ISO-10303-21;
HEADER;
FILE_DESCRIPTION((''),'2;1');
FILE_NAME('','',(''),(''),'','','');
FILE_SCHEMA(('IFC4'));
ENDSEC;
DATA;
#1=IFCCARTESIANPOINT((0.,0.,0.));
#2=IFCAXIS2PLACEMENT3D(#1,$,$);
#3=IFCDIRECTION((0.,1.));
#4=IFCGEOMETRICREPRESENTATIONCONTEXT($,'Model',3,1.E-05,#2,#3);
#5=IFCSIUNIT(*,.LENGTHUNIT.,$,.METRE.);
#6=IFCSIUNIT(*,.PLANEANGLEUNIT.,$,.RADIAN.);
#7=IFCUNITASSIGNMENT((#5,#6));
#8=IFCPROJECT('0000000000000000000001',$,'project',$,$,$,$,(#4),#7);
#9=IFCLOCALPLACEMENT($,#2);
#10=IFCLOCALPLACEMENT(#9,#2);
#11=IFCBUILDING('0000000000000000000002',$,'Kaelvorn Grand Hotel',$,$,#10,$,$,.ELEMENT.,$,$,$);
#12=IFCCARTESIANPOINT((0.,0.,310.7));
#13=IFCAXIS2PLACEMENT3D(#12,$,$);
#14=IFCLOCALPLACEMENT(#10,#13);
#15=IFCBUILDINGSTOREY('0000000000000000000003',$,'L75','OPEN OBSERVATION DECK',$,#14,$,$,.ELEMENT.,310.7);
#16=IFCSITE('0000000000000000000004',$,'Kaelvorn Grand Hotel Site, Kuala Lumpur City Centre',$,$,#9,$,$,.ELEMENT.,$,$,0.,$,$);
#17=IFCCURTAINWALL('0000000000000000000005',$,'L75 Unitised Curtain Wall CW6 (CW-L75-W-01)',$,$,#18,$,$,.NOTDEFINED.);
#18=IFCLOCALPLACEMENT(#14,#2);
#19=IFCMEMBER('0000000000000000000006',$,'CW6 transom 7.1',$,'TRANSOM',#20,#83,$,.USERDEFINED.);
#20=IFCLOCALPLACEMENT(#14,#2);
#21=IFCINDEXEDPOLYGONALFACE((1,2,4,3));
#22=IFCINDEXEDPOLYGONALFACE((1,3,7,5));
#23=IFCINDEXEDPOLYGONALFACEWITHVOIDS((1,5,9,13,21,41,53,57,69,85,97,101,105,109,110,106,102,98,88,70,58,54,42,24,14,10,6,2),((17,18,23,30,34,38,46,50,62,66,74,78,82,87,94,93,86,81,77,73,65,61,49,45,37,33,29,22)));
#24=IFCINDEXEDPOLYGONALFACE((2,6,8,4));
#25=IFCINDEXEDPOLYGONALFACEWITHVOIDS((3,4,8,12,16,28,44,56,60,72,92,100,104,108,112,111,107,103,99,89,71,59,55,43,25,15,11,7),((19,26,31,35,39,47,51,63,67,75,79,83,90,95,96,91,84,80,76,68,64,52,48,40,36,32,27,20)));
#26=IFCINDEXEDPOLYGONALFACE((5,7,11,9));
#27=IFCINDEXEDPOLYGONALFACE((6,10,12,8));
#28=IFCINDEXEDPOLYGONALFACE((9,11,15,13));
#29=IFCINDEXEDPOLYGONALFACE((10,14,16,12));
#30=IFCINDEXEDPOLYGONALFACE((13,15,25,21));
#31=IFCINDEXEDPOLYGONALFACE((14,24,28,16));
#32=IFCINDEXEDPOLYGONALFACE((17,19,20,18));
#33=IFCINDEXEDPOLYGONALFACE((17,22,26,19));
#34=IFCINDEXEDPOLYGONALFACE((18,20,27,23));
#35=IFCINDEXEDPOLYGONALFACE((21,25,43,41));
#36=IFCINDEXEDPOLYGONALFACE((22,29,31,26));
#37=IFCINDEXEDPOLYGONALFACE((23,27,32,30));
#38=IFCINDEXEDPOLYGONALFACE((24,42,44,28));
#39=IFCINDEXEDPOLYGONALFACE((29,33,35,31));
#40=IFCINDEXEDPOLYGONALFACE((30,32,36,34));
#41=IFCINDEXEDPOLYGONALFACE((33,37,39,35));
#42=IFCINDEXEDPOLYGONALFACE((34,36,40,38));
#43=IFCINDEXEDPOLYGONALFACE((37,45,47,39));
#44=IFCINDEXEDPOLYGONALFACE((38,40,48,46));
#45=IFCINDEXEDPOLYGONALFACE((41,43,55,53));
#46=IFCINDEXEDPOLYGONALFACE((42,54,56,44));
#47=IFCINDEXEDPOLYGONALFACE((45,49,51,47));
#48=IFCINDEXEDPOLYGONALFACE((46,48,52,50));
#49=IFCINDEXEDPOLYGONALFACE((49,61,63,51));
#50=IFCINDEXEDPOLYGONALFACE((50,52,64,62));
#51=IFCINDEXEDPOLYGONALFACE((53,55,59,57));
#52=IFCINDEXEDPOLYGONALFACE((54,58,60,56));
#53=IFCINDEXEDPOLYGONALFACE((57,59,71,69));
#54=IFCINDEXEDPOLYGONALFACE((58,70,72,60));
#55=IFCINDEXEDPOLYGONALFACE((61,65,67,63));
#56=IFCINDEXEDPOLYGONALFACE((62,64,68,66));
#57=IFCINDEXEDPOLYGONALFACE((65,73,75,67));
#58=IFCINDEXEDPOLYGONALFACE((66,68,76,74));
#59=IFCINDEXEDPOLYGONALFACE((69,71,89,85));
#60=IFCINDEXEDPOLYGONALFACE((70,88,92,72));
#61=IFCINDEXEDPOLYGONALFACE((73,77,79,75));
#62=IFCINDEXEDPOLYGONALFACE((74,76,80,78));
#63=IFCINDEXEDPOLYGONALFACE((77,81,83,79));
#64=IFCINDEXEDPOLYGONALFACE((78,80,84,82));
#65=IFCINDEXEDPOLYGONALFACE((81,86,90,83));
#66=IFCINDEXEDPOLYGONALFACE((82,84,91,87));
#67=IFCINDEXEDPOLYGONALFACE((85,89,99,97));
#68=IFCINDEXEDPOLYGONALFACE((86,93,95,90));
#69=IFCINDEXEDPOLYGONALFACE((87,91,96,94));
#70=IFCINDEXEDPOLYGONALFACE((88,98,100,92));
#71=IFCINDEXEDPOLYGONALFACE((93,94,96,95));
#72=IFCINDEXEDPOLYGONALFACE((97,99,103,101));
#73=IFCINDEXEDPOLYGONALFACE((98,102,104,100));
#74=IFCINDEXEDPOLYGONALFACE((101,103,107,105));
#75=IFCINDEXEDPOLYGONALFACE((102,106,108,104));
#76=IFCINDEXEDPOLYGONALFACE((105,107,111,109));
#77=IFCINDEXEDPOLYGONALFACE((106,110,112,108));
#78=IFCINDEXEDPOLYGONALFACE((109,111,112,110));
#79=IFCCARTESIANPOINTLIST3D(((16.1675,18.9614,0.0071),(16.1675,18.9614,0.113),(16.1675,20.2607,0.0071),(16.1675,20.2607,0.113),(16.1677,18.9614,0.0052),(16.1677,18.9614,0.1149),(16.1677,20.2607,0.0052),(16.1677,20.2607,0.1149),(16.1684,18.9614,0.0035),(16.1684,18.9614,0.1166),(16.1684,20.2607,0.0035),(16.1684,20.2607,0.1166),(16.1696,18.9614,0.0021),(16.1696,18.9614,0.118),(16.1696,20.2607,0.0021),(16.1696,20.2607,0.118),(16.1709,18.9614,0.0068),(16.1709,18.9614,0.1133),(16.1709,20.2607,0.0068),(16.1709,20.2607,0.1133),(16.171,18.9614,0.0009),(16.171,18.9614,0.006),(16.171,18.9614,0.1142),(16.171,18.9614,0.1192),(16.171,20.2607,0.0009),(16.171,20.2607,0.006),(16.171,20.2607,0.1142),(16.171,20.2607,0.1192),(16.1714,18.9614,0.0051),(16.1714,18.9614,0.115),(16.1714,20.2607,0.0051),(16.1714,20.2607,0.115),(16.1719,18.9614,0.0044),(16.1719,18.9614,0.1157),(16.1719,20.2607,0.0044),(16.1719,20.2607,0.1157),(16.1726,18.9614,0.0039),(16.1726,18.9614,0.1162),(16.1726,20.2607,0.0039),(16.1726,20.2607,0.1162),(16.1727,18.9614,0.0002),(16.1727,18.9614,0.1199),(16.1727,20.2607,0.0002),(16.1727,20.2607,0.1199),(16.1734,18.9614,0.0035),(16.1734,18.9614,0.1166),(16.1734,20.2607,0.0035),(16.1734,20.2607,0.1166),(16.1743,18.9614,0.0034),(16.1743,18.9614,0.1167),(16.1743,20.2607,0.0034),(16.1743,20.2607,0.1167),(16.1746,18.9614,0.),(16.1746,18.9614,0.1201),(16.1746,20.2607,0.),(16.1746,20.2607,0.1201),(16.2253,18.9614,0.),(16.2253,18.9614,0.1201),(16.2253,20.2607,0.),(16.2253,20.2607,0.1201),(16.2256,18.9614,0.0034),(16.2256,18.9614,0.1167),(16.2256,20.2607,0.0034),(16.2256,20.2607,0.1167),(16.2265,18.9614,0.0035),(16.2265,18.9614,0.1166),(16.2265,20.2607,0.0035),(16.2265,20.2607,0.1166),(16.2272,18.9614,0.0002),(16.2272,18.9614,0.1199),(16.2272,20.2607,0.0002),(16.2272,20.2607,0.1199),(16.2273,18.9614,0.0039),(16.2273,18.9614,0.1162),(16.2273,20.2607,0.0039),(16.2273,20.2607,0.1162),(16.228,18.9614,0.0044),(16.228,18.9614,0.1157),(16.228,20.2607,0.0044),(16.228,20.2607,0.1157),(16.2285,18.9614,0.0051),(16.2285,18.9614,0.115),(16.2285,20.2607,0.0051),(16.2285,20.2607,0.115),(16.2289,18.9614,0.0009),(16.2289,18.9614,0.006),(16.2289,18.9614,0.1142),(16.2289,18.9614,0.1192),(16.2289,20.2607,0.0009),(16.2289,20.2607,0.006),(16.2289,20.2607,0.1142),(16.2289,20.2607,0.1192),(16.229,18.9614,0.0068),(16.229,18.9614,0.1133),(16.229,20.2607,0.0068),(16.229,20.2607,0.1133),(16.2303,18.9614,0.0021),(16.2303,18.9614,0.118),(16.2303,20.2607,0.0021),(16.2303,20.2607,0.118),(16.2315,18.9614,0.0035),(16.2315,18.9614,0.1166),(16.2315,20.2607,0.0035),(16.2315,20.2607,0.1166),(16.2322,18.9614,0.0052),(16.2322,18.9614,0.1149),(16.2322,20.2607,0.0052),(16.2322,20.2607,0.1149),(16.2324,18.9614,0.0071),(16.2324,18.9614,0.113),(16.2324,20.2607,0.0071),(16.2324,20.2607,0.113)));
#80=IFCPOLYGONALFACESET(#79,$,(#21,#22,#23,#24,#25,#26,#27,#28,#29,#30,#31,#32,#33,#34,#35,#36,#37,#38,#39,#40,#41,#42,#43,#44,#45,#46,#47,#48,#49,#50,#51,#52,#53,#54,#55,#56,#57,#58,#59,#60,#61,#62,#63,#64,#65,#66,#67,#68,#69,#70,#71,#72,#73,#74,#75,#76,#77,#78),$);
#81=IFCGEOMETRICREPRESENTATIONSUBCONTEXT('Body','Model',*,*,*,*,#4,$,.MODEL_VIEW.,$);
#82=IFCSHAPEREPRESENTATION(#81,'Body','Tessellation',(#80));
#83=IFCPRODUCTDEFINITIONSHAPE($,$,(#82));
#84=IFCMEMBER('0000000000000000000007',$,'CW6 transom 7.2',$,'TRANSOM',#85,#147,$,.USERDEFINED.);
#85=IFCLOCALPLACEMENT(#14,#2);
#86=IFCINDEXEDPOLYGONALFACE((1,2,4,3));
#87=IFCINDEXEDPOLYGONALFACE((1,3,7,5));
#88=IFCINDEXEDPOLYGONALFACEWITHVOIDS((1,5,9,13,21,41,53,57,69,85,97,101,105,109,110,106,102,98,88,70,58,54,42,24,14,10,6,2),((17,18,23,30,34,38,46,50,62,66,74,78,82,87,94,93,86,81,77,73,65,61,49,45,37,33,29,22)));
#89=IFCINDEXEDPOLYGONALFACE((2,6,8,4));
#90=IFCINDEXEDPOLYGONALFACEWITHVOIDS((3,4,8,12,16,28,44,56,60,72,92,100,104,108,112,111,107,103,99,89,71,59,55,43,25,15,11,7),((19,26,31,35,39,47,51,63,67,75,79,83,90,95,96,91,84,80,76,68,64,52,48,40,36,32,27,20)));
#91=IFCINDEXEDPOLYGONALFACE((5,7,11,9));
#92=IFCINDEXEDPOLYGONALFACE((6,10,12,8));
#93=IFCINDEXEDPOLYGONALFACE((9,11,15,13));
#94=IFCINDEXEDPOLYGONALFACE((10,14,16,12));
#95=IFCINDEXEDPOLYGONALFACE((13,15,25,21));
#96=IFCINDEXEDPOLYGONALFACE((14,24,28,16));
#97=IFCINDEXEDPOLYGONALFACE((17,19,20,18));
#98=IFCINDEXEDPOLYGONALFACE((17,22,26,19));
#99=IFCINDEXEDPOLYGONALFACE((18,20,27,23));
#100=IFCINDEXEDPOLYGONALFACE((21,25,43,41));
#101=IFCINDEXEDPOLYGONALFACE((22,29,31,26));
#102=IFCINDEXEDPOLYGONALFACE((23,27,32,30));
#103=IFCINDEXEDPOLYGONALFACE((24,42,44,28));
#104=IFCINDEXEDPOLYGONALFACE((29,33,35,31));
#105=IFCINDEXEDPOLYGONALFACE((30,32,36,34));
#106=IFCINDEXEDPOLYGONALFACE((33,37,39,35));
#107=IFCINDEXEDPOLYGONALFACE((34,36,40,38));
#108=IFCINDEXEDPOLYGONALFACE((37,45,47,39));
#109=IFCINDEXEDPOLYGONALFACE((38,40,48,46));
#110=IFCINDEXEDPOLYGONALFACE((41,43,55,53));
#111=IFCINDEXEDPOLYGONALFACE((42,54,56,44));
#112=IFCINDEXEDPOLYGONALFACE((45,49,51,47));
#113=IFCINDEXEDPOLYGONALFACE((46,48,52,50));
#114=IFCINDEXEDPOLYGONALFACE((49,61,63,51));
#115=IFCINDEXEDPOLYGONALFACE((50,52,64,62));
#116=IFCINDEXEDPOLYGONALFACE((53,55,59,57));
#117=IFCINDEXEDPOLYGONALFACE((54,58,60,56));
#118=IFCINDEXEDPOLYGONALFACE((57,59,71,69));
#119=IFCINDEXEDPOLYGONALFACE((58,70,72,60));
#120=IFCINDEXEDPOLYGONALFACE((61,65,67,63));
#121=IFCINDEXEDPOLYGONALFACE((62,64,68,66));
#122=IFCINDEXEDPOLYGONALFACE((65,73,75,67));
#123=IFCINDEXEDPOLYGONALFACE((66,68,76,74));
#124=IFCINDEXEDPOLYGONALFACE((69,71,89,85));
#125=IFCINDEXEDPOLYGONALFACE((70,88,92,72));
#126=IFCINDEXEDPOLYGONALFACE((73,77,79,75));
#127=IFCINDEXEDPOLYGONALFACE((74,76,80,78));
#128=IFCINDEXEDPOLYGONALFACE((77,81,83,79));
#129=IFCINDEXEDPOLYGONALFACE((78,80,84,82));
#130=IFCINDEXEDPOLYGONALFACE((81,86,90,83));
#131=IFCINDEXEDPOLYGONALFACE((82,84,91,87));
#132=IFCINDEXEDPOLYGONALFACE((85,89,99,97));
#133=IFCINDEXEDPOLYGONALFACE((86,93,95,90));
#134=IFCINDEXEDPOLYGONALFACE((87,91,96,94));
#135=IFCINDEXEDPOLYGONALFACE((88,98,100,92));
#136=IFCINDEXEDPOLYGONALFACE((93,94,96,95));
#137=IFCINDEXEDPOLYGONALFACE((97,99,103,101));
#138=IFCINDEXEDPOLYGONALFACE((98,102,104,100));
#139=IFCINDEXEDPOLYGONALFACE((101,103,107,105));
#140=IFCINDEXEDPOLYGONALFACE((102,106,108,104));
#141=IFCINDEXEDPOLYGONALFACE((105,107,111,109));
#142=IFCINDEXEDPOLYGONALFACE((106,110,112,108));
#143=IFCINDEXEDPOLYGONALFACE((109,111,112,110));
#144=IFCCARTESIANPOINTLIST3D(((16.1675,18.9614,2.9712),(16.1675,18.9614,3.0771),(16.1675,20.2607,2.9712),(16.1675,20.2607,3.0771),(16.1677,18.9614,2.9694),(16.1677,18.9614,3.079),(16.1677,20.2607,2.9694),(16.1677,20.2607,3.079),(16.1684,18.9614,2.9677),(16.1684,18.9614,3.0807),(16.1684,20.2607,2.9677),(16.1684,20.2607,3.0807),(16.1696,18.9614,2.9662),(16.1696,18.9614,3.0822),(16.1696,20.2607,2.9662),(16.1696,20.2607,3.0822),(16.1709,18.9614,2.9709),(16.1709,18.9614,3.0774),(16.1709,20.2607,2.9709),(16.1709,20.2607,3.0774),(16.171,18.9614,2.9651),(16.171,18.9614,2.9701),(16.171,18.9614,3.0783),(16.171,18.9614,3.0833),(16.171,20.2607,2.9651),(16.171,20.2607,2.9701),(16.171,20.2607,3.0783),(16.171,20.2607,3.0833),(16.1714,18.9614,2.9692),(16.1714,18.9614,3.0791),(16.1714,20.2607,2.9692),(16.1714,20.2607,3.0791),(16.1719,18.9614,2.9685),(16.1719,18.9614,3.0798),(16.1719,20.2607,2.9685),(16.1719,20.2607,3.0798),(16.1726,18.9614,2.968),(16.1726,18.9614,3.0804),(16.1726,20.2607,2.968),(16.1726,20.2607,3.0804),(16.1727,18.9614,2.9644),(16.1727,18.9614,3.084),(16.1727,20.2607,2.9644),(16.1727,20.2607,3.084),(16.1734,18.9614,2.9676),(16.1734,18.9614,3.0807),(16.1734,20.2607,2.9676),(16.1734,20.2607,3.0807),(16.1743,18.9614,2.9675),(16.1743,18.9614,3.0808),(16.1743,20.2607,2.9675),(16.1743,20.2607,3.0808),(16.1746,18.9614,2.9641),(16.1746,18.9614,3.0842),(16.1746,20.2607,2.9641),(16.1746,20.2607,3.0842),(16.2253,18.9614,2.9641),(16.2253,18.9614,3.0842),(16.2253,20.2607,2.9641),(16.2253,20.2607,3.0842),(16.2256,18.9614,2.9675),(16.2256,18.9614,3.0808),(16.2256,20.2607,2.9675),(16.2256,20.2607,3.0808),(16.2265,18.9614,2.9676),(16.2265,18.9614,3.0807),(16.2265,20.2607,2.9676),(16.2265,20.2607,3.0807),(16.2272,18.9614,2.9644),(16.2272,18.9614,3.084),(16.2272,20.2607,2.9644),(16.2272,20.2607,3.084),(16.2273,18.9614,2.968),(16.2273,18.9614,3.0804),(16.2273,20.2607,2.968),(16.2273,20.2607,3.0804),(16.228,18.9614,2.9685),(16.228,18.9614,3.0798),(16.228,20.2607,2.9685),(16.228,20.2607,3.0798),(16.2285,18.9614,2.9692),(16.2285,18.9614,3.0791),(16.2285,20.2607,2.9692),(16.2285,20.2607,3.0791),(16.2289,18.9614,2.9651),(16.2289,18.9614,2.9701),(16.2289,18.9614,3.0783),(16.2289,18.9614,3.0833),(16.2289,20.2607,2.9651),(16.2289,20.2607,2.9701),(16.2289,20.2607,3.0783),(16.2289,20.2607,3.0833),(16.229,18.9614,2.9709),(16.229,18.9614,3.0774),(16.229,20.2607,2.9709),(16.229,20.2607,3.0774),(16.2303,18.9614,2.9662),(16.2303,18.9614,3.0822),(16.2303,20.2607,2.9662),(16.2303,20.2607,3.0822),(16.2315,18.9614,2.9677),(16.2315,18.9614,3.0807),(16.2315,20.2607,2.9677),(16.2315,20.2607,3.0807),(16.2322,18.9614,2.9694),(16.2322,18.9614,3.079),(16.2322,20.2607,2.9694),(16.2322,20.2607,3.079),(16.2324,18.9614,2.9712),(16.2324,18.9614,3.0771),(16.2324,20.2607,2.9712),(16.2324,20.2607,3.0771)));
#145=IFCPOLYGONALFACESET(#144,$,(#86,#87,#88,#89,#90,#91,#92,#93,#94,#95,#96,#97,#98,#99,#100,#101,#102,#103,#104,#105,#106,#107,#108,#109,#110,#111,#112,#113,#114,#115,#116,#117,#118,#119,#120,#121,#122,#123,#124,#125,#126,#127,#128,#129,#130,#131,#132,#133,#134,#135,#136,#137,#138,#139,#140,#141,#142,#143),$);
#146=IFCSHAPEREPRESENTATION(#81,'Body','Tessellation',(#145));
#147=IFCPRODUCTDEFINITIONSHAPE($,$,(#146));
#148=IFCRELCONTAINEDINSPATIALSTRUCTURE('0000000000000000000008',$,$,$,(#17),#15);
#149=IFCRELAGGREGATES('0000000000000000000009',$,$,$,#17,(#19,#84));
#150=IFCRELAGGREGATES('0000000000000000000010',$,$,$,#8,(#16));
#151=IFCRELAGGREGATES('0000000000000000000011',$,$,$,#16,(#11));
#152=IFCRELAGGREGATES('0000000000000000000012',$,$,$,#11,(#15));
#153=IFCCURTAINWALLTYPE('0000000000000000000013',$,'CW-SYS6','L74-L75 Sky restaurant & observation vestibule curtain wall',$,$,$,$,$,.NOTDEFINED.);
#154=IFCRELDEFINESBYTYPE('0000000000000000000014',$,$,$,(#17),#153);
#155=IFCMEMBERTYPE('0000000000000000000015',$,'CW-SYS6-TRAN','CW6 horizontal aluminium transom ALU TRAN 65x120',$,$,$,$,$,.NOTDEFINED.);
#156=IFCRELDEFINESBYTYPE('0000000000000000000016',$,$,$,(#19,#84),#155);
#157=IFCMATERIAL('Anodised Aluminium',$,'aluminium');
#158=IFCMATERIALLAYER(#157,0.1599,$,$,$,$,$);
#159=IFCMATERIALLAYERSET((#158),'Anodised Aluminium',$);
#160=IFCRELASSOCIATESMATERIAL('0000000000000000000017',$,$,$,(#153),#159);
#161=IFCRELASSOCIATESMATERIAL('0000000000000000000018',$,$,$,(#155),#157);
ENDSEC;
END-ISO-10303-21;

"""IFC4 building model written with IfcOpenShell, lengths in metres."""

from ifc_helpers import new_model, si_unit, direction, frame, origin, origin_2d, place, context, subcontext, project, spatial, hollow_rectangle, extrude, material, layer, layer_set, material_profile, profile_set, type_object, element, aggregate, save


model = new_model("IFC4")

# Units and contexts
model_context = context("Model", 3, precision=1e-05, world=origin(), true_north=direction((0.0, 1.0)))
body_context = subcontext(model_context, "Body", "Model", "MODEL_VIEW")
ifc_project = project(units=[si_unit("LENGTHUNIT", "METRE"), si_unit("PLANEANGLEUNIT", "RADIAN")], contexts=[model_context])

# Site, building, storey
site_placement = place(None, origin())
site = spatial("IfcSite", under=ifc_project, at=site_placement, Name="Kaelvorn Grand Hotel Site, Kuala Lumpur City Centre", CompositionType="ELEMENT", RefElevation=0.0)
building_placement = place(site_placement, origin())
building = spatial("IfcBuilding", under=site, at=building_placement, Name="Kaelvorn Grand Hotel", CompositionType="ELEMENT")
storey_placement = place(building_placement, frame((0.0, 0.0, 310.7)))
storey = spatial("IfcBuildingStorey", under=building, at=storey_placement, Name="L75", Description="OPEN OBSERVATION DECK", CompositionType="ELEMENT", Elevation=310.7)

# Curtain wall, members
ifc_material_1 = material(Name="Anodised Aluminium", Category="aluminium")
ifc_layer_1 = layer(ifc_material_1, 0.1599)
ifc_layer_set_1 = layer_set([ifc_layer_1], Name="Anodised Aluminium")
curtain_wall_type = type_object("IfcCurtainWallType", Name="CW-SYS6", Description="L74-L75 Sky restaurant & observation vestibule curtain wall", PredefinedType="NOTDEFINED", material=ifc_layer_set_1)
curtain_wall_placement = place(storey_placement, origin())
curtain_wall = element("IfcCurtainWall", 1, at=curtain_wall_placement, inside=storey, type_object=curtain_wall_type, Name="L75 Unitised Curtain Wall CW6 (CW-L75-W-01)", PredefinedType="NOTDEFINED")
ifc_material_profile_1 = material_profile(ifc_material_1, hollow_rectangle(XDim=0.0649, YDim=0.1201, WallThickness=0.0034, InnerFilletRadius=0.0034, OuterFilletRadius=0.0071, at=origin_2d()), Name="ALU TRAN 65x120")
ifc_profile_set_1 = profile_set([ifc_material_profile_1], Name="Anodised Aluminium")
member_type_1 = type_object("IfcMemberType", Name="CW-SYS6-TRAN", Description="CW6 horizontal aluminium transom ALU TRAN 65x120", PredefinedType="NOTDEFINED", material=ifc_profile_set_1)
member_1_placement = place(storey_placement, frame((16.2, 20.2607, 0.0601), z_axis=(0.0, -1.0, 0.0), x_axis=(1.0, 0.0, 0.0)))
member_1 = element("IfcMember", 2, at=member_1_placement, type_object=member_type_1, Name="CW6 transom 7.1", ObjectType="TRANSOM", PredefinedType="USERDEFINED", context=body_context, shape_type="SweptSolid", body=[
    extrude(hollow_rectangle(XDim=0.0649, YDim=0.1201, WallThickness=0.0034, InnerFilletRadius=0.0034, OuterFilletRadius=0.0071, at=origin_2d()), origin(), (0.0, 0.0, 1.0), 1.2993),
])
member_2_placement = place(storey_placement, frame((16.2, 20.2607, 3.0242), z_axis=(0.0, -1.0, 0.0), x_axis=(1.0, 0.0, 0.0)))
member_2 = element("IfcMember", 3, at=member_2_placement, type_object=member_type_1, Name="CW6 transom 7.2", ObjectType="TRANSOM", PredefinedType="USERDEFINED", context=body_context, shape_type="SweptSolid", body=[
    extrude(hollow_rectangle(XDim=0.0649, YDim=0.1201, WallThickness=0.0034, InnerFilletRadius=0.0034, OuterFilletRadius=0.0071, at=origin_2d()), origin(), (0.0, 0.0, 1.0), 1.2993),
])
aggregate(curtain_wall, [member_1, member_2])

save(model, "model.ifc")
